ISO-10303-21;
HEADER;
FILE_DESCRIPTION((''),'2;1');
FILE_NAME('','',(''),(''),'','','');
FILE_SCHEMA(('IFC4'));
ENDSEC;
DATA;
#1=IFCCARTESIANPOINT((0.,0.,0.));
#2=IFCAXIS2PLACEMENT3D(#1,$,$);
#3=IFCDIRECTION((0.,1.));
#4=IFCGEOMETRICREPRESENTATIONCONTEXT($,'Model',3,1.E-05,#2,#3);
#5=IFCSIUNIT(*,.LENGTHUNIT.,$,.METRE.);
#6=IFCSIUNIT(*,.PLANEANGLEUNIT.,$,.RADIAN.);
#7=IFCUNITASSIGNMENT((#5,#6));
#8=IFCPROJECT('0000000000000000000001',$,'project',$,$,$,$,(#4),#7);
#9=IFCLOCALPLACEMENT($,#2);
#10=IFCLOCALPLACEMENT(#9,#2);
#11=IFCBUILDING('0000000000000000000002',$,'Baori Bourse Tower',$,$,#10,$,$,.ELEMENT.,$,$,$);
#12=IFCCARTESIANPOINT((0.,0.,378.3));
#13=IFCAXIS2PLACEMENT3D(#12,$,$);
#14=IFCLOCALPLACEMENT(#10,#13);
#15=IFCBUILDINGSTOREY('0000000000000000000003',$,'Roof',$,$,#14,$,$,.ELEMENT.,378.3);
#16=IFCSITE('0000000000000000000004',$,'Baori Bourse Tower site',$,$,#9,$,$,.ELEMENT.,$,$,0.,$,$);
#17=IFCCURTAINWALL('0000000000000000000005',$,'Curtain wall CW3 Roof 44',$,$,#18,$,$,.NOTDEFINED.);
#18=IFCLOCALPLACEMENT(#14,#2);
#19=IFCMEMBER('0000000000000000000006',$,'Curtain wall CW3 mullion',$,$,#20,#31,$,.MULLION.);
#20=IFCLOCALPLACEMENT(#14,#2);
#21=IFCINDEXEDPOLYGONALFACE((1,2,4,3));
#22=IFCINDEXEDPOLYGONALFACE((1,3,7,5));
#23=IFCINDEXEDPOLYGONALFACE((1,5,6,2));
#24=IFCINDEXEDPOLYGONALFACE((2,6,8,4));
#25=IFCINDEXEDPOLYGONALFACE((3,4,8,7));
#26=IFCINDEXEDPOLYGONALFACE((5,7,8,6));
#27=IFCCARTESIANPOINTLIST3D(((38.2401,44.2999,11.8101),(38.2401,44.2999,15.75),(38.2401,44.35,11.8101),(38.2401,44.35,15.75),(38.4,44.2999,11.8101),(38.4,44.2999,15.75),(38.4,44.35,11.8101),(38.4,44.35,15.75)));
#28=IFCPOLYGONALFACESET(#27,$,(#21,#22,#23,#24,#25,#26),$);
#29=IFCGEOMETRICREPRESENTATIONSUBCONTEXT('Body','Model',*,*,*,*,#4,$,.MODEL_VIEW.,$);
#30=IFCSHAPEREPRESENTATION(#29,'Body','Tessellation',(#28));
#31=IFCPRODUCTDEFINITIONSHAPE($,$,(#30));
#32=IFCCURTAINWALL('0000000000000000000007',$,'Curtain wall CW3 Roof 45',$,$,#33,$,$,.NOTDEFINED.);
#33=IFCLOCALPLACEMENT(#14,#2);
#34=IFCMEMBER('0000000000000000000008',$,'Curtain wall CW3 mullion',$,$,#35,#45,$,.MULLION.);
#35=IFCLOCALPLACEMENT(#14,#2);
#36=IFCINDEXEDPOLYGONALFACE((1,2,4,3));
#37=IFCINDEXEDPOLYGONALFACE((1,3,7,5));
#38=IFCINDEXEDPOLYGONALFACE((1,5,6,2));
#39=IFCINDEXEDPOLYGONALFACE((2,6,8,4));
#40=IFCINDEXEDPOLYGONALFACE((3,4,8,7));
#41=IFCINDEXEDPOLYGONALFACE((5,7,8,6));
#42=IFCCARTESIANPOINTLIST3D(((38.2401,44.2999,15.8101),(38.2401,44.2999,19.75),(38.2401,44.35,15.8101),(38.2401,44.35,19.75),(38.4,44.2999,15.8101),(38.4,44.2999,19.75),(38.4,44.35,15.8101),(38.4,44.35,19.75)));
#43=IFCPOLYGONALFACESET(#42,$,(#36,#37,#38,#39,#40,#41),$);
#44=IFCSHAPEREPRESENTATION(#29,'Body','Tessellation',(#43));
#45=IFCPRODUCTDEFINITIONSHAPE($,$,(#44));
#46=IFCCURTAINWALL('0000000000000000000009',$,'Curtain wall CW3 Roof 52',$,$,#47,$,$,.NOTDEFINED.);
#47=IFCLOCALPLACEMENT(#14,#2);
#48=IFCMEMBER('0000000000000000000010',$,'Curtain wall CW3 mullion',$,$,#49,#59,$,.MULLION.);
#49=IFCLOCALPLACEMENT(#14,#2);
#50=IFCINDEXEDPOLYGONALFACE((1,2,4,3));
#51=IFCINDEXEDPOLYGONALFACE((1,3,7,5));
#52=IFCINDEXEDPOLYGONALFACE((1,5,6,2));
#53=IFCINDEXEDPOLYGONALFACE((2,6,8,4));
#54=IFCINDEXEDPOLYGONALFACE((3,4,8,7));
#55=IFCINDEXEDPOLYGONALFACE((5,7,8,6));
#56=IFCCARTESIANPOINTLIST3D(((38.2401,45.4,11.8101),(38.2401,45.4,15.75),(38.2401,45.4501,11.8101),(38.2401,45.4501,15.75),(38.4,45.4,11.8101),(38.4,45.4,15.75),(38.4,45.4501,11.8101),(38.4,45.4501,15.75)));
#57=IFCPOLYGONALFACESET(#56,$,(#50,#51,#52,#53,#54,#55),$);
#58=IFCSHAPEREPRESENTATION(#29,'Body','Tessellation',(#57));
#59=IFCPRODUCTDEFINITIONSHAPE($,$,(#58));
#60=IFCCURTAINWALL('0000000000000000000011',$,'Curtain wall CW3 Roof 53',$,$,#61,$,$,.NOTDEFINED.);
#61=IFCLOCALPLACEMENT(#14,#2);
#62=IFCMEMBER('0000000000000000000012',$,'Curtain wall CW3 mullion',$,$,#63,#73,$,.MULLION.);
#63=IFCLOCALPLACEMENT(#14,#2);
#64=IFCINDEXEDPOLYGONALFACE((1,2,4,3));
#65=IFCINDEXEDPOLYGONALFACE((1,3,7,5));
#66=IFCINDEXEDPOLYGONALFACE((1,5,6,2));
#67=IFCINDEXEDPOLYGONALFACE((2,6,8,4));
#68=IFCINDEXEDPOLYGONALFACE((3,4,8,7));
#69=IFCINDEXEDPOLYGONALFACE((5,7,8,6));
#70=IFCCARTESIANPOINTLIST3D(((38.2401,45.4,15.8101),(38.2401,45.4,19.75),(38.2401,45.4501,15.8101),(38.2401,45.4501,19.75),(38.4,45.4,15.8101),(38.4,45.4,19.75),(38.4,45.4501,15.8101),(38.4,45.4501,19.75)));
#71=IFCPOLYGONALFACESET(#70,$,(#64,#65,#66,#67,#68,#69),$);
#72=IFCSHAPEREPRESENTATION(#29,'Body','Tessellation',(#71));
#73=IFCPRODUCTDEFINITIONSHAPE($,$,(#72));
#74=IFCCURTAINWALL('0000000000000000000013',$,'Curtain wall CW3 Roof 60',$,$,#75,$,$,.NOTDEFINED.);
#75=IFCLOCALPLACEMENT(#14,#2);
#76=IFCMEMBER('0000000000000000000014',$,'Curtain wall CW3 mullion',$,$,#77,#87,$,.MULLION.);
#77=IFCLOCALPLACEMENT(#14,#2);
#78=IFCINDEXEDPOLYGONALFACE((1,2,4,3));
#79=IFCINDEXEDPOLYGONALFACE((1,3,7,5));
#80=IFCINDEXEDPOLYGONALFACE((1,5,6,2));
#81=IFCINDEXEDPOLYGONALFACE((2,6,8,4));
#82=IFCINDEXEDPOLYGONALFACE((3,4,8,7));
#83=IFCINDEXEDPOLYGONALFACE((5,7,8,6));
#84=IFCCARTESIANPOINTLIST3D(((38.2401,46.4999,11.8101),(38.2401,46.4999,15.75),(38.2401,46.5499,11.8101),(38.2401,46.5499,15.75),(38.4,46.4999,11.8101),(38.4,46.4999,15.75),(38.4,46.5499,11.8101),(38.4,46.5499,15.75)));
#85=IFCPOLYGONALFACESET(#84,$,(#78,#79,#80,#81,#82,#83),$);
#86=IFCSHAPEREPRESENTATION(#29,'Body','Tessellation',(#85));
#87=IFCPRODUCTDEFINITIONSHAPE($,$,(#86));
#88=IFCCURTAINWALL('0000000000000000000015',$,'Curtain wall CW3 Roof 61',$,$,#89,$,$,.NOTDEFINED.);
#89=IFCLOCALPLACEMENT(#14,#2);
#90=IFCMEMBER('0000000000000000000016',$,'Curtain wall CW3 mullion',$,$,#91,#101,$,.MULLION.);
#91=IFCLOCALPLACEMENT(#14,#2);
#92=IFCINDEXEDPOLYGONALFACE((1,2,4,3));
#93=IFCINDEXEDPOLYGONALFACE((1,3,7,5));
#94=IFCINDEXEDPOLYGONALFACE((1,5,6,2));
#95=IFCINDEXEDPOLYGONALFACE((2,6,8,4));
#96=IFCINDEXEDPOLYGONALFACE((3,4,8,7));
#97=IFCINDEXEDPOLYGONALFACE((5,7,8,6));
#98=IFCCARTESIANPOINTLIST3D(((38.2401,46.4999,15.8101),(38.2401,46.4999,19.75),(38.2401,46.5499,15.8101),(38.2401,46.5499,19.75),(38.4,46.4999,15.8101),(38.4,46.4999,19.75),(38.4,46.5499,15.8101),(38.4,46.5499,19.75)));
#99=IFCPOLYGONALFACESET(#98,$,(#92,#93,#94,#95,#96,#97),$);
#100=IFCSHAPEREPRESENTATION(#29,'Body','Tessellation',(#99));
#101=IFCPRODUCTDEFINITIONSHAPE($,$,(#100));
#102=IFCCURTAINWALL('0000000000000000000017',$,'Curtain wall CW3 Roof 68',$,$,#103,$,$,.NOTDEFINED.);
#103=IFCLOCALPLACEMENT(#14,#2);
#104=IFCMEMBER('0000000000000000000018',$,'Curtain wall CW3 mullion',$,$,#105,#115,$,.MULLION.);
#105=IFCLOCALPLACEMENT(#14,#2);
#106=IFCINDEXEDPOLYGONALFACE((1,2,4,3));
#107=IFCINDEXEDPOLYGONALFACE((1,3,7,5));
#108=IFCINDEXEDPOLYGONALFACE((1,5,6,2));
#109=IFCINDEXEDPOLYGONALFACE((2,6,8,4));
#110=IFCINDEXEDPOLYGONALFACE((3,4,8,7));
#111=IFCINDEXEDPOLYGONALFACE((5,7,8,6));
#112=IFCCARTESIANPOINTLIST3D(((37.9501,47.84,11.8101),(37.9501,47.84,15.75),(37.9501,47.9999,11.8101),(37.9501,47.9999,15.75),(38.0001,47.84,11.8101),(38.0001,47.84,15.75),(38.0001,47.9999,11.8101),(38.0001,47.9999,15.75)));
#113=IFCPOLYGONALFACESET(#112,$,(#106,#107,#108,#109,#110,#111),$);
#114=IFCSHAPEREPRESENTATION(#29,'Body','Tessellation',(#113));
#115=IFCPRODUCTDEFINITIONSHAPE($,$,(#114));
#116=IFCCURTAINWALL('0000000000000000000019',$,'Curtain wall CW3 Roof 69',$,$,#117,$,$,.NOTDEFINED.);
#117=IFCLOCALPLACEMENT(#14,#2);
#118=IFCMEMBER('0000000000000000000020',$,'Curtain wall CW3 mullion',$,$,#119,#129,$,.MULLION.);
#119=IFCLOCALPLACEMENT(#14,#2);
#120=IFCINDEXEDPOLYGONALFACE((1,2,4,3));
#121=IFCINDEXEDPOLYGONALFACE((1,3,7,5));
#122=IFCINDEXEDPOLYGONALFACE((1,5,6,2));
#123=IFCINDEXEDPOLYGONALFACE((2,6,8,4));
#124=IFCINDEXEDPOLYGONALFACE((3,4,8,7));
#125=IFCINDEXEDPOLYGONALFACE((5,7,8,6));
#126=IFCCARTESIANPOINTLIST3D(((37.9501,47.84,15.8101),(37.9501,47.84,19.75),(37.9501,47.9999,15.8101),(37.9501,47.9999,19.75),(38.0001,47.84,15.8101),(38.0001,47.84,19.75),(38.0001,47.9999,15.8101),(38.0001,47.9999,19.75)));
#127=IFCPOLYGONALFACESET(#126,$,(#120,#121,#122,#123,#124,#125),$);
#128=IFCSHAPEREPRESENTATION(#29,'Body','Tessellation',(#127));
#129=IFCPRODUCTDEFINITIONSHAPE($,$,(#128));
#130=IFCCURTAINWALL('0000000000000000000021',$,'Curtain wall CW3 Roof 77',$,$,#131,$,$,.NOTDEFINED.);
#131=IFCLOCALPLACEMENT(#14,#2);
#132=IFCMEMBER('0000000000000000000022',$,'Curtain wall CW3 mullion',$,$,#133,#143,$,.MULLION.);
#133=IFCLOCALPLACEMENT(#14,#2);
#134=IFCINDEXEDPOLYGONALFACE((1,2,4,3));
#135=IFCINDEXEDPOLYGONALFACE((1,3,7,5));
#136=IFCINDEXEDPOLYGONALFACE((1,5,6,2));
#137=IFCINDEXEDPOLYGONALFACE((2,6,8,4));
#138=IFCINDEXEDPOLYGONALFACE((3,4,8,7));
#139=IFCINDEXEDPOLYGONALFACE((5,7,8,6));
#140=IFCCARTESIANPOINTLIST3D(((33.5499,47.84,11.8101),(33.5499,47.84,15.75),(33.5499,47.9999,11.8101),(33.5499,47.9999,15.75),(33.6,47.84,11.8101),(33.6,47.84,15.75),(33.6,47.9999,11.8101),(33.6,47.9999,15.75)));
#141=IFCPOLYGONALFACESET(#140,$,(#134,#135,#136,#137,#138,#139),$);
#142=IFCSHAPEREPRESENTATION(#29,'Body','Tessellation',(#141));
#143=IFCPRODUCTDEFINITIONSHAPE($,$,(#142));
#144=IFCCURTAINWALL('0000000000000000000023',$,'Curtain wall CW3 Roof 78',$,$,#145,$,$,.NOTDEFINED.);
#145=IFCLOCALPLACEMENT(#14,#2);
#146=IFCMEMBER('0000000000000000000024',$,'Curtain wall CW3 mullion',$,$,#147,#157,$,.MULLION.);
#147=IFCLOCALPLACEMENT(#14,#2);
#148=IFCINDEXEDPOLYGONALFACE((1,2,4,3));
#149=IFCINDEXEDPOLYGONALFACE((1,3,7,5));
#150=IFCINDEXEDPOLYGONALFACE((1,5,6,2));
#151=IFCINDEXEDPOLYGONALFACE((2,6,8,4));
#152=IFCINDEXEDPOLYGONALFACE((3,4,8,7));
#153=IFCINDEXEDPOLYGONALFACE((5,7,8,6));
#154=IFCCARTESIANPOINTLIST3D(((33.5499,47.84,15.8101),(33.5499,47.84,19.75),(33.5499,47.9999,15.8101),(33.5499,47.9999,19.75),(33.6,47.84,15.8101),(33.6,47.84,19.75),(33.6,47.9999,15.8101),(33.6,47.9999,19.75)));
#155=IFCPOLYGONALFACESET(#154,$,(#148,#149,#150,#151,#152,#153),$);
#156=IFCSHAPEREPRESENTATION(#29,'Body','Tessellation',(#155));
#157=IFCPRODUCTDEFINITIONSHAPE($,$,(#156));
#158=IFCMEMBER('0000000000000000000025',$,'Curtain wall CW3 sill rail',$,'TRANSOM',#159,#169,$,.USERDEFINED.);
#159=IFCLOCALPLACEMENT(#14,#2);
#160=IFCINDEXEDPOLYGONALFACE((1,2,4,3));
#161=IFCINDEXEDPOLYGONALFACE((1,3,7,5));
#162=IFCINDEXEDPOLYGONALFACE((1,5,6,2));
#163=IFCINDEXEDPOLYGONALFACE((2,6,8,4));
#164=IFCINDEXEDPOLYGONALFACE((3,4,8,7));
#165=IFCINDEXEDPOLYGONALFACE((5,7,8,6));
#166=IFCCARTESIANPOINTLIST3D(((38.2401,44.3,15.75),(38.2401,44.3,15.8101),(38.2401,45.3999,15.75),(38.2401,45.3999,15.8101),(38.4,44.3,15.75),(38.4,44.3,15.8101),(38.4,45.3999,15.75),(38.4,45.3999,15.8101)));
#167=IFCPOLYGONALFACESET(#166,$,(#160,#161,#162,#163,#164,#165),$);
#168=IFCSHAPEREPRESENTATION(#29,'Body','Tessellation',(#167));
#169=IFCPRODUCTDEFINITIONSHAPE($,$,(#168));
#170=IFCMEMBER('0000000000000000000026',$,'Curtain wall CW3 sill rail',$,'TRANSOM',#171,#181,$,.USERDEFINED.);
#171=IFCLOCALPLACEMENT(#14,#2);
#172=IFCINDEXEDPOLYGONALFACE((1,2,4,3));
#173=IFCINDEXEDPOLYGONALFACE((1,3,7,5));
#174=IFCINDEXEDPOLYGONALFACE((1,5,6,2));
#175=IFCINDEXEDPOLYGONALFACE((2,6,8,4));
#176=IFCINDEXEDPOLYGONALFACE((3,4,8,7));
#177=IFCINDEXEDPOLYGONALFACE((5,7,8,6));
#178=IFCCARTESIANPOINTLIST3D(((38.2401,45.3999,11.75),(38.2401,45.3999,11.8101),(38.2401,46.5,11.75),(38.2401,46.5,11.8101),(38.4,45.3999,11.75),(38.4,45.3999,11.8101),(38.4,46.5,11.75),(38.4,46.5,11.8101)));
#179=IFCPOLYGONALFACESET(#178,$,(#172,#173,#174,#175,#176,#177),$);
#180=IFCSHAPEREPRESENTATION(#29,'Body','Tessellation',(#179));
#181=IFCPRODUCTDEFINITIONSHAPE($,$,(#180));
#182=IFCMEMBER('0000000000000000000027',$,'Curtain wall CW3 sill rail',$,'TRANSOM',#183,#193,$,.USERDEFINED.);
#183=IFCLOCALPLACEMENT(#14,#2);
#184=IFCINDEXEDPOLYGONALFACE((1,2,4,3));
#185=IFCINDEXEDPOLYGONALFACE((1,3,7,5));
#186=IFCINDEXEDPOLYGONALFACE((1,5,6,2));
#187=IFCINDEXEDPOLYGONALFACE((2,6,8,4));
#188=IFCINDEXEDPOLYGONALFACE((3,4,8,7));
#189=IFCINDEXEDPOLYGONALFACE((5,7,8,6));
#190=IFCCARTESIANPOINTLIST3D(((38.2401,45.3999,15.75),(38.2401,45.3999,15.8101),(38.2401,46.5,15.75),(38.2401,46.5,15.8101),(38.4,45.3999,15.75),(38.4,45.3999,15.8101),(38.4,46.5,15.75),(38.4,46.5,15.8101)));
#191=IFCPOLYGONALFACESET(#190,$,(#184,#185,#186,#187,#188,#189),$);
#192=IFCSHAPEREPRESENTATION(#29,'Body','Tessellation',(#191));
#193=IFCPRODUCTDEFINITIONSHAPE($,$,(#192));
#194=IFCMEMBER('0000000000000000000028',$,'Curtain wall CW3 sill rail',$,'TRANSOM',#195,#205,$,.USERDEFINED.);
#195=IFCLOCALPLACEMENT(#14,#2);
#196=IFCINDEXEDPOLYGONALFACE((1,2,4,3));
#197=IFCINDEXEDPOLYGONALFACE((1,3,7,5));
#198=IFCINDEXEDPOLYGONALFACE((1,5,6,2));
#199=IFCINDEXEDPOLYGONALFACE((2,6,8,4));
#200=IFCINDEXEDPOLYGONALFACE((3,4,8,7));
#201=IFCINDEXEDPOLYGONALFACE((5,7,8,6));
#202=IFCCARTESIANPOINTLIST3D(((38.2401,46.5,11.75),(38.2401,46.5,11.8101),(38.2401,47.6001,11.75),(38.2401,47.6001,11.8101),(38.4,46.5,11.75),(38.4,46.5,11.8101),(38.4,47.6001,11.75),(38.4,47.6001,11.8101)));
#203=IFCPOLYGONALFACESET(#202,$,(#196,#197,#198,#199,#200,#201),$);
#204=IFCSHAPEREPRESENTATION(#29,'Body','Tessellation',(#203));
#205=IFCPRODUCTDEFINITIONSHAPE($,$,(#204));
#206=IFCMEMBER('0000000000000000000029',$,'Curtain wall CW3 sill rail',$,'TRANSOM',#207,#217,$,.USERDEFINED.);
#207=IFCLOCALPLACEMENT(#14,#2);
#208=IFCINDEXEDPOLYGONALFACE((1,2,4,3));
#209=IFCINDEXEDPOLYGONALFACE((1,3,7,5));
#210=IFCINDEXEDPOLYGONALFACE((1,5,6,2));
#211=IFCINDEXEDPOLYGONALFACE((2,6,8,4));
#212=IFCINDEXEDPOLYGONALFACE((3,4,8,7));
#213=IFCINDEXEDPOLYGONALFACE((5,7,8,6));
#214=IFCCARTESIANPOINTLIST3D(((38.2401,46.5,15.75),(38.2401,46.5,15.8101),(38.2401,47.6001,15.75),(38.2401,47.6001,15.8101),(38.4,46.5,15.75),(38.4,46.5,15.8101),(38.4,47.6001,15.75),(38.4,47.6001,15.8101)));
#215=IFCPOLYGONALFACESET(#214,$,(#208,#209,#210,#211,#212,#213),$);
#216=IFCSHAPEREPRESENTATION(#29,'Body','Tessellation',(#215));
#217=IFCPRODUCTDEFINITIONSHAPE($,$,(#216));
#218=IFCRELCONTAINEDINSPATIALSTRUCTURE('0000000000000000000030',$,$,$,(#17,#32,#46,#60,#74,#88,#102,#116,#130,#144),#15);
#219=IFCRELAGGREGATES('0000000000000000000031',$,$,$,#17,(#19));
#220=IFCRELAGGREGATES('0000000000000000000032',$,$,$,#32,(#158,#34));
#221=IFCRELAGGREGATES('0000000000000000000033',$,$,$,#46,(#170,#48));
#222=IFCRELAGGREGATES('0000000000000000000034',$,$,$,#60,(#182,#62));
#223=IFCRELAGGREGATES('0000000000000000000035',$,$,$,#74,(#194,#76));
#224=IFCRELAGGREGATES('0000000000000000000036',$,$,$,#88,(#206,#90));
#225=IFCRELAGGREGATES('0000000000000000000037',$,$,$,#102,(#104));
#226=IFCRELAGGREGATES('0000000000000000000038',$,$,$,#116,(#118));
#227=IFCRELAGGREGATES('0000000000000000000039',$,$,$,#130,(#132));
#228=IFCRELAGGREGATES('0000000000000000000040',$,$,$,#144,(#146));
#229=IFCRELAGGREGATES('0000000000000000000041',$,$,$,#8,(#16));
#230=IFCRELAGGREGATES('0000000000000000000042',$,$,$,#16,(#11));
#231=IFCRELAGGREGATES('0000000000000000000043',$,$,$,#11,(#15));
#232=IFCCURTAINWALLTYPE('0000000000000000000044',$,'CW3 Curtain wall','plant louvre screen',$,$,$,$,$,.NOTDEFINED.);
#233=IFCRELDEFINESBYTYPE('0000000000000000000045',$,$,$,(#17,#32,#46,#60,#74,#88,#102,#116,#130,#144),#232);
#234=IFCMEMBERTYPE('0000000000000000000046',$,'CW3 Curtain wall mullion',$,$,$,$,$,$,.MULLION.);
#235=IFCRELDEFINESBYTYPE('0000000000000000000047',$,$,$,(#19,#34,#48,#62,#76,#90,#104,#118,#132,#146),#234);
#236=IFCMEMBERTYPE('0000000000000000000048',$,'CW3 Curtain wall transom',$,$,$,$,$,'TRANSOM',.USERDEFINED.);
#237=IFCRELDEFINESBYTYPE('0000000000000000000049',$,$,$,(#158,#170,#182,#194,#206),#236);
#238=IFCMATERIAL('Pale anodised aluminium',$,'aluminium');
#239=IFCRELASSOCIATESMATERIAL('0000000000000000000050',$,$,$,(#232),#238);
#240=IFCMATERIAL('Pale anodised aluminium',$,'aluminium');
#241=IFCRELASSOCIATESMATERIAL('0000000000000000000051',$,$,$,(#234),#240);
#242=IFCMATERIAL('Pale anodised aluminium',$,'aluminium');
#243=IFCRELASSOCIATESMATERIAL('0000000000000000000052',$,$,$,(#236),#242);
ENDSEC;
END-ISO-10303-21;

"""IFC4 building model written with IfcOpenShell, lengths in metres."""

from ifc_helpers import new_model, si_unit, direction, frame, origin, origin_2d, place, context, subcontext, project, spatial, rectangle, extrude, material, material_profile, profile_set, type_object, element, aggregate, save


model = new_model("IFC4")

# Units and contexts
model_context = context("Model", 3, precision=1e-05, world=origin(), true_north=direction((0.0, 1.0)))
body_context = subcontext(model_context, "Body", "Model", "MODEL_VIEW")
ifc_project = project(units=[si_unit("LENGTHUNIT", "METRE"), si_unit("PLANEANGLEUNIT", "RADIAN")], contexts=[model_context])

# Site, building, storey
site_placement = place(None, origin())
site = spatial("IfcSite", under=ifc_project, at=site_placement, Name="Baori Bourse Tower site", CompositionType="ELEMENT", RefElevation=0.0)
building_placement = place(site_placement, origin())
building = spatial("IfcBuilding", under=site, at=building_placement, Name="Baori Bourse Tower", CompositionType="ELEMENT")
storey_placement = place(building_placement, frame((0.0, 0.0, 378.3)))
storey = spatial("IfcBuildingStorey", under=building, at=storey_placement, Name="Roof", CompositionType="ELEMENT", Elevation=378.3)

# Curtain walls, members
ifc_material_1 = material(Name="Pale anodised aluminium", Category="aluminium")
curtain_wall_type = type_object("IfcCurtainWallType", Name="CW3 Curtain wall", Description="plant louvre screen", PredefinedType="NOTDEFINED", material=ifc_material_1)
curtain_wall_1_placement = place(storey_placement, origin())
curtain_wall_1 = element("IfcCurtainWall", 1, at=curtain_wall_1_placement, inside=storey, type_object=curtain_wall_type, Name="Curtain wall CW3 Roof 44", PredefinedType="NOTDEFINED")
ifc_material_2 = material(Name="Pale anodised aluminium", Category="aluminium")
ifc_material_profile_1 = material_profile(ifc_material_2, rectangle(XDim=0.1599, YDim=0.05, at=origin_2d()), Name="Mullion 50x160")
ifc_profile_set_1 = profile_set([ifc_material_profile_1], Name="Pale anodised aluminium")
member_type_1 = type_object("IfcMemberType", Name="CW3 Curtain wall mullion", PredefinedType="MULLION", material=ifc_profile_set_1)
member_1_placement = place(storey_placement, frame((38.3201, 44.325, 11.8101), z_axis=(0.0, 0.0, 1.0), x_axis=(-1.0, 0.0, 0.0)))
member_1 = element("IfcMember", 2, at=member_1_placement, type_object=member_type_1, Name="Curtain wall CW3 mullion", PredefinedType="MULLION", context=body_context, shape_type="SweptSolid", body=[
    extrude(rectangle(XDim=0.1599, YDim=0.05, at=origin_2d()), origin(), (0.0, 0.0, 1.0), 3.9399),
])
curtain_wall_2_placement = place(storey_placement, origin())
curtain_wall_2 = element("IfcCurtainWall", 3, at=curtain_wall_2_placement, inside=storey, type_object=curtain_wall_type, Name="Curtain wall CW3 Roof 45", PredefinedType="NOTDEFINED")
member_2_placement = place(storey_placement, frame((38.3201, 44.325, 15.8101), z_axis=(0.0, 0.0, 1.0), x_axis=(-1.0, 0.0, 0.0)))
member_2 = element("IfcMember", 4, at=member_2_placement, type_object=member_type_1, Name="Curtain wall CW3 mullion", PredefinedType="MULLION", context=body_context, shape_type="SweptSolid", body=[
    extrude(rectangle(XDim=0.1599, YDim=0.05, at=origin_2d()), origin(), (0.0, 0.0, 1.0), 3.9399),
])
curtain_wall_3_placement = place(storey_placement, origin())
curtain_wall_3 = element("IfcCurtainWall", 5, at=curtain_wall_3_placement, inside=storey, type_object=curtain_wall_type, Name="Curtain wall CW3 Roof 52", PredefinedType="NOTDEFINED")
member_3_placement = place(storey_placement, frame((38.3201, 45.425, 11.8101), z_axis=(0.0, 0.0, 1.0), x_axis=(-1.0, 0.0, 0.0)))
member_3 = element("IfcMember", 6, at=member_3_placement, type_object=member_type_1, Name="Curtain wall CW3 mullion", PredefinedType="MULLION", context=body_context, shape_type="SweptSolid", body=[
    extrude(rectangle(XDim=0.1599, YDim=0.05, at=origin_2d()), origin(), (0.0, 0.0, 1.0), 3.9399),
])
curtain_wall_4_placement = place(storey_placement, origin())
curtain_wall_4 = element("IfcCurtainWall", 7, at=curtain_wall_4_placement, inside=storey, type_object=curtain_wall_type, Name="Curtain wall CW3 Roof 53", PredefinedType="NOTDEFINED")
member_4_placement = place(storey_placement, frame((38.3201, 45.425, 15.8101), z_axis=(0.0, 0.0, 1.0), x_axis=(-1.0, 0.0, 0.0)))
member_4 = element("IfcMember", 8, at=member_4_placement, type_object=member_type_1, Name="Curtain wall CW3 mullion", PredefinedType="MULLION", context=body_context, shape_type="SweptSolid", body=[
    extrude(rectangle(XDim=0.1599, YDim=0.05, at=origin_2d()), origin(), (0.0, 0.0, 1.0), 3.9399),
])
curtain_wall_5_placement = place(storey_placement, origin())
curtain_wall_5 = element("IfcCurtainWall", 9, at=curtain_wall_5_placement, inside=storey, type_object=curtain_wall_type, Name="Curtain wall CW3 Roof 60", PredefinedType="NOTDEFINED")
member_5_placement = place(storey_placement, frame((38.3201, 46.5249, 11.8101), z_axis=(0.0, 0.0, 1.0), x_axis=(-1.0, 0.0, 0.0)))
member_5 = element("IfcMember", 10, at=member_5_placement, type_object=member_type_1, Name="Curtain wall CW3 mullion", PredefinedType="MULLION", context=body_context, shape_type="SweptSolid", body=[
    extrude(rectangle(XDim=0.1599, YDim=0.05, at=origin_2d()), origin(), (0.0, 0.0, 1.0), 3.9399),
])
curtain_wall_6_placement = place(storey_placement, origin())
curtain_wall_6 = element("IfcCurtainWall", 11, at=curtain_wall_6_placement, inside=storey, type_object=curtain_wall_type, Name="Curtain wall CW3 Roof 61", PredefinedType="NOTDEFINED")
member_6_placement = place(storey_placement, frame((38.3201, 46.5249, 15.8101), z_axis=(0.0, 0.0, 1.0), x_axis=(-1.0, 0.0, 0.0)))
member_6 = element("IfcMember", 12, at=member_6_placement, type_object=member_type_1, Name="Curtain wall CW3 mullion", PredefinedType="MULLION", context=body_context, shape_type="SweptSolid", body=[
    extrude(rectangle(XDim=0.1599, YDim=0.05, at=origin_2d()), origin(), (0.0, 0.0, 1.0), 3.9399),
])
curtain_wall_7_placement = place(storey_placement, origin())
curtain_wall_7 = element("IfcCurtainWall", 13, at=curtain_wall_7_placement, inside=storey, type_object=curtain_wall_type, Name="Curtain wall CW3 Roof 68", PredefinedType="NOTDEFINED")
member_7_placement = place(storey_placement, frame((37.9751, 47.9199, 11.8101), z_axis=(0.0, 0.0, 1.0), x_axis=(0.0, -1.0, 0.0)))
member_7 = element("IfcMember", 14, at=member_7_placement, type_object=member_type_1, Name="Curtain wall CW3 mullion", PredefinedType="MULLION", context=body_context, shape_type="SweptSolid", body=[
    extrude(rectangle(XDim=0.1599, YDim=0.05, at=origin_2d()), origin(), (0.0, 0.0, 1.0), 3.9399),
])
curtain_wall_8_placement = place(storey_placement, origin())
curtain_wall_8 = element("IfcCurtainWall", 15, at=curtain_wall_8_placement, inside=storey, type_object=curtain_wall_type, Name="Curtain wall CW3 Roof 69", PredefinedType="NOTDEFINED")
member_8_placement = place(storey_placement, frame((37.9751, 47.9199, 15.8101), z_axis=(0.0, 0.0, 1.0), x_axis=(0.0, -1.0, 0.0)))
member_8 = element("IfcMember", 16, at=member_8_placement, type_object=member_type_1, Name="Curtain wall CW3 mullion", PredefinedType="MULLION", context=body_context, shape_type="SweptSolid", body=[
    extrude(rectangle(XDim=0.1599, YDim=0.05, at=origin_2d()), origin(), (0.0, 0.0, 1.0), 3.9399),
])
curtain_wall_9_placement = place(storey_placement, origin())
curtain_wall_9 = element("IfcCurtainWall", 17, at=curtain_wall_9_placement, inside=storey, type_object=curtain_wall_type, Name="Curtain wall CW3 Roof 77", PredefinedType="NOTDEFINED")
member_9_placement = place(storey_placement, frame((33.575, 47.9199, 11.8101), z_axis=(0.0, 0.0, 1.0), x_axis=(0.0, -1.0, 0.0)))
member_9 = element("IfcMember", 18, at=member_9_placement, type_object=member_type_1, Name="Curtain wall CW3 mullion", PredefinedType="MULLION", context=body_context, shape_type="SweptSolid", body=[
    extrude(rectangle(XDim=0.1599, YDim=0.05, at=origin_2d()), origin(), (0.0, 0.0, 1.0), 3.9399),
])
curtain_wall_10_placement = place(storey_placement, origin())
curtain_wall_10 = element("IfcCurtainWall", 19, at=curtain_wall_10_placement, inside=storey, type_object=curtain_wall_type, Name="Curtain wall CW3 Roof 78", PredefinedType="NOTDEFINED")
member_10_placement = place(storey_placement, frame((33.575, 47.9199, 15.8101), z_axis=(0.0, 0.0, 1.0), x_axis=(0.0, -1.0, 0.0)))
member_10 = element("IfcMember", 20, at=member_10_placement, type_object=member_type_1, Name="Curtain wall CW3 mullion", PredefinedType="MULLION", context=body_context, shape_type="SweptSolid", body=[
    extrude(rectangle(XDim=0.1599, YDim=0.05, at=origin_2d()), origin(), (0.0, 0.0, 1.0), 3.9399),
])

# Members
ifc_material_3 = material(Name="Pale anodised aluminium", Category="aluminium")
ifc_material_profile_2 = material_profile(ifc_material_3, rectangle(XDim=0.1599, YDim=0.0601, at=origin_2d()), Name="Transom 60x160")
ifc_profile_set_2 = profile_set([ifc_material_profile_2], Name="Pale anodised aluminium")
member_type_2 = type_object("IfcMemberType", Name="CW3 Curtain wall transom", ElementType="TRANSOM", PredefinedType="USERDEFINED", material=ifc_profile_set_2)
member_11_placement = place(storey_placement, frame((38.3201, 44.3, 15.78), z_axis=(0.0, 1.0, 0.0), x_axis=(-1.0, 0.0, 0.0)))
member_11 = element("IfcMember", 21, at=member_11_placement, type_object=member_type_2, Name="Curtain wall CW3 sill rail", ObjectType="TRANSOM", PredefinedType="USERDEFINED", context=body_context, shape_type="SweptSolid", body=[
    extrude(rectangle(XDim=0.1599, YDim=0.0601, at=origin_2d()), origin(), (0.0, 0.0, 1.0), 1.0999),
])
member_12_placement = place(storey_placement, frame((38.3201, 45.3999, 11.78), z_axis=(0.0, 1.0, 0.0), x_axis=(-1.0, 0.0, 0.0)))
member_12 = element("IfcMember", 22, at=member_12_placement, type_object=member_type_2, Name="Curtain wall CW3 sill rail", ObjectType="TRANSOM", PredefinedType="USERDEFINED", context=body_context, shape_type="SweptSolid", body=[
    extrude(rectangle(XDim=0.1599, YDim=0.0601, at=origin_2d()), origin(), (0.0, 0.0, 1.0), 1.1001),
])
member_13_placement = place(storey_placement, frame((38.3201, 45.3999, 15.78), z_axis=(0.0, 1.0, 0.0), x_axis=(-1.0, 0.0, 0.0)))
member_13 = element("IfcMember", 23, at=member_13_placement, type_object=member_type_2, Name="Curtain wall CW3 sill rail", ObjectType="TRANSOM", PredefinedType="USERDEFINED", context=body_context, shape_type="SweptSolid", body=[
    extrude(rectangle(XDim=0.1599, YDim=0.0601, at=origin_2d()), origin(), (0.0, 0.0, 1.0), 1.1001),
])
member_14_placement = place(storey_placement, frame((38.3201, 46.5, 11.78), z_axis=(0.0, 1.0, 0.0), x_axis=(-1.0, 0.0, 0.0)))
member_14 = element("IfcMember", 24, at=member_14_placement, type_object=member_type_2, Name="Curtain wall CW3 sill rail", ObjectType="TRANSOM", PredefinedType="USERDEFINED", context=body_context, shape_type="SweptSolid", body=[
    extrude(rectangle(XDim=0.1599, YDim=0.0601, at=origin_2d()), origin(), (0.0, 0.0, 1.0), 1.1001),
])
member_15_placement = place(storey_placement, frame((38.3201, 46.5, 15.78), z_axis=(0.0, 1.0, 0.0), x_axis=(-1.0, 0.0, 0.0)))
member_15 = element("IfcMember", 25, at=member_15_placement, type_object=member_type_2, Name="Curtain wall CW3 sill rail", ObjectType="TRANSOM", PredefinedType="USERDEFINED", context=body_context, shape_type="SweptSolid", body=[
    extrude(rectangle(XDim=0.1599, YDim=0.0601, at=origin_2d()), origin(), (0.0, 0.0, 1.0), 1.1001),
])

aggregate(curtain_wall_1, [member_1])
aggregate(curtain_wall_2, [member_11, member_2])
aggregate(curtain_wall_3, [member_12, member_3])
aggregate(curtain_wall_4, [member_13, member_4])
aggregate(curtain_wall_5, [member_14, member_5])
aggregate(curtain_wall_6, [member_15, member_6])
aggregate(curtain_wall_7, [member_7])
aggregate(curtain_wall_8, [member_8])
aggregate(curtain_wall_9, [member_9])
aggregate(curtain_wall_10, [member_10])

save(model, "model.ifc")
